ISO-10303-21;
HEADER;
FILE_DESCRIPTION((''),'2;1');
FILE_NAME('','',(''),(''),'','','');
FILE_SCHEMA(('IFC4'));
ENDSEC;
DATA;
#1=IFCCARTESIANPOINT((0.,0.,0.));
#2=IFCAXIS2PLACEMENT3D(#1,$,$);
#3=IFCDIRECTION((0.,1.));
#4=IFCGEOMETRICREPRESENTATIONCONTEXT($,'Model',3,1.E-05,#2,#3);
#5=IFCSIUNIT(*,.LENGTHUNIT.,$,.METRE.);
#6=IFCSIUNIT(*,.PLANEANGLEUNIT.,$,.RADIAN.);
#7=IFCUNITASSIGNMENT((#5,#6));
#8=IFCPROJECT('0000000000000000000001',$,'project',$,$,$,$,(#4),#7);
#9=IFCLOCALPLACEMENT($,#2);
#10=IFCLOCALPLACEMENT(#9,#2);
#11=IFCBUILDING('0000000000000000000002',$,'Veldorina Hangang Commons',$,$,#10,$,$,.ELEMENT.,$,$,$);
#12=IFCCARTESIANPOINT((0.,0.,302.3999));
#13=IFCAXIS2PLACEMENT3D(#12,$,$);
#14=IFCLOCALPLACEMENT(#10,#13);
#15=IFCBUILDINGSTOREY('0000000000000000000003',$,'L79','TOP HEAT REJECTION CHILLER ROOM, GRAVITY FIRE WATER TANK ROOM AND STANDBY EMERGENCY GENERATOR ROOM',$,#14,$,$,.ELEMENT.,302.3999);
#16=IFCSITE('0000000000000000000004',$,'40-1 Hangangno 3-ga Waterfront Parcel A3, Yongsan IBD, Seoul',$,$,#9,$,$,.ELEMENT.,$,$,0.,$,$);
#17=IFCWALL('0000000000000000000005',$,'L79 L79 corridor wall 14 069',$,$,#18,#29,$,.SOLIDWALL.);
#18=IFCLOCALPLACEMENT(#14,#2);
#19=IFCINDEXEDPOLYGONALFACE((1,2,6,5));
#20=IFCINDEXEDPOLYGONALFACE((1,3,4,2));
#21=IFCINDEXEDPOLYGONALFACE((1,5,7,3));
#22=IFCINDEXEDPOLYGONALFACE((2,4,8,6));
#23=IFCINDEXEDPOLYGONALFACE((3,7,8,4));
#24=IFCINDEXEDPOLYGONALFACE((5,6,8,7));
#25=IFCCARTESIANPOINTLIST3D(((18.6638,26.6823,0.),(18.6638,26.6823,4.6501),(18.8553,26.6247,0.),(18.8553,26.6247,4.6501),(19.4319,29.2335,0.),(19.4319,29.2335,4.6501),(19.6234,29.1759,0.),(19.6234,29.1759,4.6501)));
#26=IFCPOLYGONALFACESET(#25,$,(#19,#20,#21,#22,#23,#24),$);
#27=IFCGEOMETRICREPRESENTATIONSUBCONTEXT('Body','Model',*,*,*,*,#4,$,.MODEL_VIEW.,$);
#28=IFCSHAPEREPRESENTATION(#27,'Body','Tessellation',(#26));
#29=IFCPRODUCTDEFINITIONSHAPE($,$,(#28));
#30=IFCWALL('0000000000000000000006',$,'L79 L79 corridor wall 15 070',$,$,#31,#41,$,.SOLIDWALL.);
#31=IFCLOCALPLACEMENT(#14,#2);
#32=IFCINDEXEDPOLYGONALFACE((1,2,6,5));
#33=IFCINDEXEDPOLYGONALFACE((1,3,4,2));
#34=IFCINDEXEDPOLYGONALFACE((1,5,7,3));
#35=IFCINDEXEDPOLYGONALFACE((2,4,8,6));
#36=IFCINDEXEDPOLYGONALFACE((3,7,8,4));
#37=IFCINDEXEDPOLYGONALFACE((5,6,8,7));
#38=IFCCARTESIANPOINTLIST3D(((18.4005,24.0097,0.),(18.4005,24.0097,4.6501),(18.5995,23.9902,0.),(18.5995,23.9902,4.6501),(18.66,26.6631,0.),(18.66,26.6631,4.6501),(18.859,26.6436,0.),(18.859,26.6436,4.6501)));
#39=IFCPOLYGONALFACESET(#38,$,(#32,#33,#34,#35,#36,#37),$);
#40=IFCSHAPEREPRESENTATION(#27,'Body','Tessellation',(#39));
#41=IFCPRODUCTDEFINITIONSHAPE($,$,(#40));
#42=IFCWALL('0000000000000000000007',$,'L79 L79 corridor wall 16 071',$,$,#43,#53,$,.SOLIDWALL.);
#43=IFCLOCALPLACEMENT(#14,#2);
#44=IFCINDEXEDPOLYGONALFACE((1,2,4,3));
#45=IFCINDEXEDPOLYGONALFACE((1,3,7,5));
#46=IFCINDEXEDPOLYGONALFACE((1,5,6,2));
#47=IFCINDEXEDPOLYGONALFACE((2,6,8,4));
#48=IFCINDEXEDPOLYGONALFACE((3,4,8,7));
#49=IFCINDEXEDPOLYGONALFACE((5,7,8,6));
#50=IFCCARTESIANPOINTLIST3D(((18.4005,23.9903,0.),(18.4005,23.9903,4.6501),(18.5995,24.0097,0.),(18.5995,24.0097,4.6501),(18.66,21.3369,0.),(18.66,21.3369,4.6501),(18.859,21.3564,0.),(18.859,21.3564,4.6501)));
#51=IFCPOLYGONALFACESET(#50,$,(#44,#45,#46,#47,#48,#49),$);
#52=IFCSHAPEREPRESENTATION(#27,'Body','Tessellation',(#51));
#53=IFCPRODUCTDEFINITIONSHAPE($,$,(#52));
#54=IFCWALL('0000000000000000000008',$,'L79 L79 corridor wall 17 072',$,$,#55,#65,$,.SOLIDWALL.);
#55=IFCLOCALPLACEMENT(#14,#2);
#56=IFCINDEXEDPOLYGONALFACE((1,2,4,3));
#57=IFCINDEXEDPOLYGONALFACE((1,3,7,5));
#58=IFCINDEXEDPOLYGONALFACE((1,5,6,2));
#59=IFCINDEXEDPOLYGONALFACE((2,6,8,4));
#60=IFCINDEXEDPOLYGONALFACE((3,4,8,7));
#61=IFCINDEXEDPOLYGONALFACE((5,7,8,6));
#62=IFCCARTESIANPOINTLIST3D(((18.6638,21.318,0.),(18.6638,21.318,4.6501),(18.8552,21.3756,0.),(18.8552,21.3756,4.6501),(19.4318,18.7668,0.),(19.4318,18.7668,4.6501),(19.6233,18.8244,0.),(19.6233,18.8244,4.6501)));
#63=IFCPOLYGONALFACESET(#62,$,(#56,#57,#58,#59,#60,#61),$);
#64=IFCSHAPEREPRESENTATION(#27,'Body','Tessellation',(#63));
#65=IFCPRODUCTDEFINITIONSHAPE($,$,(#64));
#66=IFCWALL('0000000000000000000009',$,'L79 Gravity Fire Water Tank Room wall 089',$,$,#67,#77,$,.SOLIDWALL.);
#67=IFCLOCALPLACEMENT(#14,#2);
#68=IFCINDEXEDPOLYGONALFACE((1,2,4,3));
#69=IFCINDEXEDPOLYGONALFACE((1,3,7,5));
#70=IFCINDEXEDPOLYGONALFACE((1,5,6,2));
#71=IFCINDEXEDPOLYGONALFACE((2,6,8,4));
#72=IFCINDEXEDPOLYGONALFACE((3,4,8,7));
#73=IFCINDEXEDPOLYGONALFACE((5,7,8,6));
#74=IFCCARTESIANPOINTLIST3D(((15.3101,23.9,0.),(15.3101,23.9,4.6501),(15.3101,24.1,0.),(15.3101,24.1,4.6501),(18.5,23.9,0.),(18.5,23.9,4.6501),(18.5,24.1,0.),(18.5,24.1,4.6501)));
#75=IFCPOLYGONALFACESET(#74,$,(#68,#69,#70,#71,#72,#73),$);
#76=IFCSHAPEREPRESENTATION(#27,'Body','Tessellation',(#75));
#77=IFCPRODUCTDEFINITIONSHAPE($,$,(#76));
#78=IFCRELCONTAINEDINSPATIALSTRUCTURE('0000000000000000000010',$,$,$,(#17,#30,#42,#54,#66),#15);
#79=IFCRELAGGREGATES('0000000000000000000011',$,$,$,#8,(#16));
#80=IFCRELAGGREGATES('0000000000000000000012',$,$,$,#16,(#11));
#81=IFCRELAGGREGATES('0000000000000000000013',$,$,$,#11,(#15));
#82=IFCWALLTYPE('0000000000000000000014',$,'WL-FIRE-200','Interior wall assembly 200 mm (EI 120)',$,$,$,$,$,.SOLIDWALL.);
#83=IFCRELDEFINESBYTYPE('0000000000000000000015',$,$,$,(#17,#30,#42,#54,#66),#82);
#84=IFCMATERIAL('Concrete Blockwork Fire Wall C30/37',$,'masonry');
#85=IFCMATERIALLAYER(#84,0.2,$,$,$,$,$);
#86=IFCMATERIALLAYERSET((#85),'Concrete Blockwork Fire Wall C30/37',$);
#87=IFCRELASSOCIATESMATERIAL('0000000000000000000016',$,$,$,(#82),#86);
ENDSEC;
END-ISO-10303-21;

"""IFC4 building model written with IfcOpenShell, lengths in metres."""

from ifc_helpers import new_model, si_unit, direction, frame, frame_2d, origin, place, context, subcontext, project, spatial, rectangle, extrude, material, layer, layer_set, type_object, element, save


model = new_model("IFC4")

# Units and contexts
model_context = context("Model", 3, precision=1e-05, world=origin(), true_north=direction((0.0, 1.0)))
body_context = subcontext(model_context, "Body", "Model", "MODEL_VIEW")
ifc_project = project(units=[si_unit("LENGTHUNIT", "METRE"), si_unit("PLANEANGLEUNIT", "RADIAN")], contexts=[model_context])

# Site, building, storey
site_placement = place(None, origin())
site = spatial("IfcSite", under=ifc_project, at=site_placement, Name="40-1 Hangangno 3-ga Waterfront Parcel A3, Yongsan IBD, Seoul", CompositionType="ELEMENT", RefElevation=0.0)
building_placement = place(site_placement, origin())
building = spatial("IfcBuilding", under=site, at=building_placement, Name="Veldorina Hangang Commons", CompositionType="ELEMENT")
storey_placement = place(building_placement, frame((0.0, 0.0, 302.3999)))
storey = spatial("IfcBuildingStorey", under=building, at=storey_placement, Name="L79", Description="TOP HEAT REJECTION CHILLER ROOM, GRAVITY FIRE WATER TANK ROOM AND STANDBY EMERGENCY GENERATOR ROOM", CompositionType="ELEMENT", Elevation=302.3999)

# Shared definitions
ifc_material_1 = material(Name="Concrete Blockwork Fire Wall C30/37", Category="masonry")
ifc_layer_1 = layer(ifc_material_1, 0.2)
ifc_layer_set_1 = layer_set([ifc_layer_1], Name="Concrete Blockwork Fire Wall C30/37")
wall_type_1 = type_object("IfcWallType", Name="WL-FIRE-200", Description="Interior wall assembly 200 mm (EI 120)", PredefinedType="SOLIDWALL", material=ifc_layer_set_1)

# Walls
wall_1_placement = place(storey_placement, frame((19.5276, 29.2046, 0.0), z_axis=(0.0, 0.0, 1.0), x_axis=(-0.288272, -0.957548, 0.0)))
element("IfcWall", 1, at=wall_1_placement, inside=storey, type_object=wall_type_1, Name="L79 L79 corridor wall 14 069", PredefinedType="SOLIDWALL", context=body_context, shape_type="SweptSolid", body=[
    extrude(rectangle(XDim=2.6643, YDim=0.2, at=frame_2d((1.332, 0.0))), origin(), (0.0, 0.0, 1.0), 4.6501),
])
for number, where, z_axis, x_axis, name in (
    (2, (18.7595, 26.6533, 0.0), (0.0, 0.0, 1.0), (-0.097346, -0.995251, 0.0), "L79 L79 corridor wall 15 070"),
    (3, (18.5, 24.0, 0.0), (0.0, 0.0, 1.0), (0.097346, -0.995251, 0.0), "L79 L79 corridor wall 16 071"),
):
    element("IfcWall", number, at=place(storey_placement, frame(where, z_axis=z_axis, x_axis=x_axis)), inside=storey, type_object=wall_type_1, Name=name, PredefinedType="SOLIDWALL", context=body_context, shape_type="SweptSolid", body=[
        extrude(rectangle(XDim=2.666, YDim=0.2, at=frame_2d((1.333, 0.0))), origin(), (0.0, 0.0, 1.0), 4.6501),
    ])
wall_2_placement = place(storey_placement, frame((18.7595, 21.3467, 0.0), z_axis=(0.0, 0.0, 1.0), x_axis=(0.288272, -0.957548, 0.0)))
element("IfcWall", 4, at=wall_2_placement, inside=storey, type_object=wall_type_1, Name="L79 L79 corridor wall 17 072", PredefinedType="SOLIDWALL", context=body_context, shape_type="SweptSolid", body=[
    extrude(rectangle(XDim=2.6643, YDim=0.2, at=frame_2d((1.332, 0.0))), origin(), (0.0, 0.0, 1.0), 4.6501),
])
wall_3_placement = place(storey_placement, frame((18.5, 24.0, 0.0), z_axis=(0.0, 0.0, 1.0), x_axis=(-1.0, 0.0, 0.0)))
element("IfcWall", 5, at=wall_3_placement, inside=storey, type_object=wall_type_1, Name="L79 Gravity Fire Water Tank Room wall 089", PredefinedType="SOLIDWALL", context=body_context, shape_type="SweptSolid", body=[
    extrude(rectangle(XDim=3.1899, YDim=0.2, at=frame_2d((1.595, 0.0))), origin(), (0.0, 0.0, 1.0), 4.6501),
])

save(model, "model.ifc")
